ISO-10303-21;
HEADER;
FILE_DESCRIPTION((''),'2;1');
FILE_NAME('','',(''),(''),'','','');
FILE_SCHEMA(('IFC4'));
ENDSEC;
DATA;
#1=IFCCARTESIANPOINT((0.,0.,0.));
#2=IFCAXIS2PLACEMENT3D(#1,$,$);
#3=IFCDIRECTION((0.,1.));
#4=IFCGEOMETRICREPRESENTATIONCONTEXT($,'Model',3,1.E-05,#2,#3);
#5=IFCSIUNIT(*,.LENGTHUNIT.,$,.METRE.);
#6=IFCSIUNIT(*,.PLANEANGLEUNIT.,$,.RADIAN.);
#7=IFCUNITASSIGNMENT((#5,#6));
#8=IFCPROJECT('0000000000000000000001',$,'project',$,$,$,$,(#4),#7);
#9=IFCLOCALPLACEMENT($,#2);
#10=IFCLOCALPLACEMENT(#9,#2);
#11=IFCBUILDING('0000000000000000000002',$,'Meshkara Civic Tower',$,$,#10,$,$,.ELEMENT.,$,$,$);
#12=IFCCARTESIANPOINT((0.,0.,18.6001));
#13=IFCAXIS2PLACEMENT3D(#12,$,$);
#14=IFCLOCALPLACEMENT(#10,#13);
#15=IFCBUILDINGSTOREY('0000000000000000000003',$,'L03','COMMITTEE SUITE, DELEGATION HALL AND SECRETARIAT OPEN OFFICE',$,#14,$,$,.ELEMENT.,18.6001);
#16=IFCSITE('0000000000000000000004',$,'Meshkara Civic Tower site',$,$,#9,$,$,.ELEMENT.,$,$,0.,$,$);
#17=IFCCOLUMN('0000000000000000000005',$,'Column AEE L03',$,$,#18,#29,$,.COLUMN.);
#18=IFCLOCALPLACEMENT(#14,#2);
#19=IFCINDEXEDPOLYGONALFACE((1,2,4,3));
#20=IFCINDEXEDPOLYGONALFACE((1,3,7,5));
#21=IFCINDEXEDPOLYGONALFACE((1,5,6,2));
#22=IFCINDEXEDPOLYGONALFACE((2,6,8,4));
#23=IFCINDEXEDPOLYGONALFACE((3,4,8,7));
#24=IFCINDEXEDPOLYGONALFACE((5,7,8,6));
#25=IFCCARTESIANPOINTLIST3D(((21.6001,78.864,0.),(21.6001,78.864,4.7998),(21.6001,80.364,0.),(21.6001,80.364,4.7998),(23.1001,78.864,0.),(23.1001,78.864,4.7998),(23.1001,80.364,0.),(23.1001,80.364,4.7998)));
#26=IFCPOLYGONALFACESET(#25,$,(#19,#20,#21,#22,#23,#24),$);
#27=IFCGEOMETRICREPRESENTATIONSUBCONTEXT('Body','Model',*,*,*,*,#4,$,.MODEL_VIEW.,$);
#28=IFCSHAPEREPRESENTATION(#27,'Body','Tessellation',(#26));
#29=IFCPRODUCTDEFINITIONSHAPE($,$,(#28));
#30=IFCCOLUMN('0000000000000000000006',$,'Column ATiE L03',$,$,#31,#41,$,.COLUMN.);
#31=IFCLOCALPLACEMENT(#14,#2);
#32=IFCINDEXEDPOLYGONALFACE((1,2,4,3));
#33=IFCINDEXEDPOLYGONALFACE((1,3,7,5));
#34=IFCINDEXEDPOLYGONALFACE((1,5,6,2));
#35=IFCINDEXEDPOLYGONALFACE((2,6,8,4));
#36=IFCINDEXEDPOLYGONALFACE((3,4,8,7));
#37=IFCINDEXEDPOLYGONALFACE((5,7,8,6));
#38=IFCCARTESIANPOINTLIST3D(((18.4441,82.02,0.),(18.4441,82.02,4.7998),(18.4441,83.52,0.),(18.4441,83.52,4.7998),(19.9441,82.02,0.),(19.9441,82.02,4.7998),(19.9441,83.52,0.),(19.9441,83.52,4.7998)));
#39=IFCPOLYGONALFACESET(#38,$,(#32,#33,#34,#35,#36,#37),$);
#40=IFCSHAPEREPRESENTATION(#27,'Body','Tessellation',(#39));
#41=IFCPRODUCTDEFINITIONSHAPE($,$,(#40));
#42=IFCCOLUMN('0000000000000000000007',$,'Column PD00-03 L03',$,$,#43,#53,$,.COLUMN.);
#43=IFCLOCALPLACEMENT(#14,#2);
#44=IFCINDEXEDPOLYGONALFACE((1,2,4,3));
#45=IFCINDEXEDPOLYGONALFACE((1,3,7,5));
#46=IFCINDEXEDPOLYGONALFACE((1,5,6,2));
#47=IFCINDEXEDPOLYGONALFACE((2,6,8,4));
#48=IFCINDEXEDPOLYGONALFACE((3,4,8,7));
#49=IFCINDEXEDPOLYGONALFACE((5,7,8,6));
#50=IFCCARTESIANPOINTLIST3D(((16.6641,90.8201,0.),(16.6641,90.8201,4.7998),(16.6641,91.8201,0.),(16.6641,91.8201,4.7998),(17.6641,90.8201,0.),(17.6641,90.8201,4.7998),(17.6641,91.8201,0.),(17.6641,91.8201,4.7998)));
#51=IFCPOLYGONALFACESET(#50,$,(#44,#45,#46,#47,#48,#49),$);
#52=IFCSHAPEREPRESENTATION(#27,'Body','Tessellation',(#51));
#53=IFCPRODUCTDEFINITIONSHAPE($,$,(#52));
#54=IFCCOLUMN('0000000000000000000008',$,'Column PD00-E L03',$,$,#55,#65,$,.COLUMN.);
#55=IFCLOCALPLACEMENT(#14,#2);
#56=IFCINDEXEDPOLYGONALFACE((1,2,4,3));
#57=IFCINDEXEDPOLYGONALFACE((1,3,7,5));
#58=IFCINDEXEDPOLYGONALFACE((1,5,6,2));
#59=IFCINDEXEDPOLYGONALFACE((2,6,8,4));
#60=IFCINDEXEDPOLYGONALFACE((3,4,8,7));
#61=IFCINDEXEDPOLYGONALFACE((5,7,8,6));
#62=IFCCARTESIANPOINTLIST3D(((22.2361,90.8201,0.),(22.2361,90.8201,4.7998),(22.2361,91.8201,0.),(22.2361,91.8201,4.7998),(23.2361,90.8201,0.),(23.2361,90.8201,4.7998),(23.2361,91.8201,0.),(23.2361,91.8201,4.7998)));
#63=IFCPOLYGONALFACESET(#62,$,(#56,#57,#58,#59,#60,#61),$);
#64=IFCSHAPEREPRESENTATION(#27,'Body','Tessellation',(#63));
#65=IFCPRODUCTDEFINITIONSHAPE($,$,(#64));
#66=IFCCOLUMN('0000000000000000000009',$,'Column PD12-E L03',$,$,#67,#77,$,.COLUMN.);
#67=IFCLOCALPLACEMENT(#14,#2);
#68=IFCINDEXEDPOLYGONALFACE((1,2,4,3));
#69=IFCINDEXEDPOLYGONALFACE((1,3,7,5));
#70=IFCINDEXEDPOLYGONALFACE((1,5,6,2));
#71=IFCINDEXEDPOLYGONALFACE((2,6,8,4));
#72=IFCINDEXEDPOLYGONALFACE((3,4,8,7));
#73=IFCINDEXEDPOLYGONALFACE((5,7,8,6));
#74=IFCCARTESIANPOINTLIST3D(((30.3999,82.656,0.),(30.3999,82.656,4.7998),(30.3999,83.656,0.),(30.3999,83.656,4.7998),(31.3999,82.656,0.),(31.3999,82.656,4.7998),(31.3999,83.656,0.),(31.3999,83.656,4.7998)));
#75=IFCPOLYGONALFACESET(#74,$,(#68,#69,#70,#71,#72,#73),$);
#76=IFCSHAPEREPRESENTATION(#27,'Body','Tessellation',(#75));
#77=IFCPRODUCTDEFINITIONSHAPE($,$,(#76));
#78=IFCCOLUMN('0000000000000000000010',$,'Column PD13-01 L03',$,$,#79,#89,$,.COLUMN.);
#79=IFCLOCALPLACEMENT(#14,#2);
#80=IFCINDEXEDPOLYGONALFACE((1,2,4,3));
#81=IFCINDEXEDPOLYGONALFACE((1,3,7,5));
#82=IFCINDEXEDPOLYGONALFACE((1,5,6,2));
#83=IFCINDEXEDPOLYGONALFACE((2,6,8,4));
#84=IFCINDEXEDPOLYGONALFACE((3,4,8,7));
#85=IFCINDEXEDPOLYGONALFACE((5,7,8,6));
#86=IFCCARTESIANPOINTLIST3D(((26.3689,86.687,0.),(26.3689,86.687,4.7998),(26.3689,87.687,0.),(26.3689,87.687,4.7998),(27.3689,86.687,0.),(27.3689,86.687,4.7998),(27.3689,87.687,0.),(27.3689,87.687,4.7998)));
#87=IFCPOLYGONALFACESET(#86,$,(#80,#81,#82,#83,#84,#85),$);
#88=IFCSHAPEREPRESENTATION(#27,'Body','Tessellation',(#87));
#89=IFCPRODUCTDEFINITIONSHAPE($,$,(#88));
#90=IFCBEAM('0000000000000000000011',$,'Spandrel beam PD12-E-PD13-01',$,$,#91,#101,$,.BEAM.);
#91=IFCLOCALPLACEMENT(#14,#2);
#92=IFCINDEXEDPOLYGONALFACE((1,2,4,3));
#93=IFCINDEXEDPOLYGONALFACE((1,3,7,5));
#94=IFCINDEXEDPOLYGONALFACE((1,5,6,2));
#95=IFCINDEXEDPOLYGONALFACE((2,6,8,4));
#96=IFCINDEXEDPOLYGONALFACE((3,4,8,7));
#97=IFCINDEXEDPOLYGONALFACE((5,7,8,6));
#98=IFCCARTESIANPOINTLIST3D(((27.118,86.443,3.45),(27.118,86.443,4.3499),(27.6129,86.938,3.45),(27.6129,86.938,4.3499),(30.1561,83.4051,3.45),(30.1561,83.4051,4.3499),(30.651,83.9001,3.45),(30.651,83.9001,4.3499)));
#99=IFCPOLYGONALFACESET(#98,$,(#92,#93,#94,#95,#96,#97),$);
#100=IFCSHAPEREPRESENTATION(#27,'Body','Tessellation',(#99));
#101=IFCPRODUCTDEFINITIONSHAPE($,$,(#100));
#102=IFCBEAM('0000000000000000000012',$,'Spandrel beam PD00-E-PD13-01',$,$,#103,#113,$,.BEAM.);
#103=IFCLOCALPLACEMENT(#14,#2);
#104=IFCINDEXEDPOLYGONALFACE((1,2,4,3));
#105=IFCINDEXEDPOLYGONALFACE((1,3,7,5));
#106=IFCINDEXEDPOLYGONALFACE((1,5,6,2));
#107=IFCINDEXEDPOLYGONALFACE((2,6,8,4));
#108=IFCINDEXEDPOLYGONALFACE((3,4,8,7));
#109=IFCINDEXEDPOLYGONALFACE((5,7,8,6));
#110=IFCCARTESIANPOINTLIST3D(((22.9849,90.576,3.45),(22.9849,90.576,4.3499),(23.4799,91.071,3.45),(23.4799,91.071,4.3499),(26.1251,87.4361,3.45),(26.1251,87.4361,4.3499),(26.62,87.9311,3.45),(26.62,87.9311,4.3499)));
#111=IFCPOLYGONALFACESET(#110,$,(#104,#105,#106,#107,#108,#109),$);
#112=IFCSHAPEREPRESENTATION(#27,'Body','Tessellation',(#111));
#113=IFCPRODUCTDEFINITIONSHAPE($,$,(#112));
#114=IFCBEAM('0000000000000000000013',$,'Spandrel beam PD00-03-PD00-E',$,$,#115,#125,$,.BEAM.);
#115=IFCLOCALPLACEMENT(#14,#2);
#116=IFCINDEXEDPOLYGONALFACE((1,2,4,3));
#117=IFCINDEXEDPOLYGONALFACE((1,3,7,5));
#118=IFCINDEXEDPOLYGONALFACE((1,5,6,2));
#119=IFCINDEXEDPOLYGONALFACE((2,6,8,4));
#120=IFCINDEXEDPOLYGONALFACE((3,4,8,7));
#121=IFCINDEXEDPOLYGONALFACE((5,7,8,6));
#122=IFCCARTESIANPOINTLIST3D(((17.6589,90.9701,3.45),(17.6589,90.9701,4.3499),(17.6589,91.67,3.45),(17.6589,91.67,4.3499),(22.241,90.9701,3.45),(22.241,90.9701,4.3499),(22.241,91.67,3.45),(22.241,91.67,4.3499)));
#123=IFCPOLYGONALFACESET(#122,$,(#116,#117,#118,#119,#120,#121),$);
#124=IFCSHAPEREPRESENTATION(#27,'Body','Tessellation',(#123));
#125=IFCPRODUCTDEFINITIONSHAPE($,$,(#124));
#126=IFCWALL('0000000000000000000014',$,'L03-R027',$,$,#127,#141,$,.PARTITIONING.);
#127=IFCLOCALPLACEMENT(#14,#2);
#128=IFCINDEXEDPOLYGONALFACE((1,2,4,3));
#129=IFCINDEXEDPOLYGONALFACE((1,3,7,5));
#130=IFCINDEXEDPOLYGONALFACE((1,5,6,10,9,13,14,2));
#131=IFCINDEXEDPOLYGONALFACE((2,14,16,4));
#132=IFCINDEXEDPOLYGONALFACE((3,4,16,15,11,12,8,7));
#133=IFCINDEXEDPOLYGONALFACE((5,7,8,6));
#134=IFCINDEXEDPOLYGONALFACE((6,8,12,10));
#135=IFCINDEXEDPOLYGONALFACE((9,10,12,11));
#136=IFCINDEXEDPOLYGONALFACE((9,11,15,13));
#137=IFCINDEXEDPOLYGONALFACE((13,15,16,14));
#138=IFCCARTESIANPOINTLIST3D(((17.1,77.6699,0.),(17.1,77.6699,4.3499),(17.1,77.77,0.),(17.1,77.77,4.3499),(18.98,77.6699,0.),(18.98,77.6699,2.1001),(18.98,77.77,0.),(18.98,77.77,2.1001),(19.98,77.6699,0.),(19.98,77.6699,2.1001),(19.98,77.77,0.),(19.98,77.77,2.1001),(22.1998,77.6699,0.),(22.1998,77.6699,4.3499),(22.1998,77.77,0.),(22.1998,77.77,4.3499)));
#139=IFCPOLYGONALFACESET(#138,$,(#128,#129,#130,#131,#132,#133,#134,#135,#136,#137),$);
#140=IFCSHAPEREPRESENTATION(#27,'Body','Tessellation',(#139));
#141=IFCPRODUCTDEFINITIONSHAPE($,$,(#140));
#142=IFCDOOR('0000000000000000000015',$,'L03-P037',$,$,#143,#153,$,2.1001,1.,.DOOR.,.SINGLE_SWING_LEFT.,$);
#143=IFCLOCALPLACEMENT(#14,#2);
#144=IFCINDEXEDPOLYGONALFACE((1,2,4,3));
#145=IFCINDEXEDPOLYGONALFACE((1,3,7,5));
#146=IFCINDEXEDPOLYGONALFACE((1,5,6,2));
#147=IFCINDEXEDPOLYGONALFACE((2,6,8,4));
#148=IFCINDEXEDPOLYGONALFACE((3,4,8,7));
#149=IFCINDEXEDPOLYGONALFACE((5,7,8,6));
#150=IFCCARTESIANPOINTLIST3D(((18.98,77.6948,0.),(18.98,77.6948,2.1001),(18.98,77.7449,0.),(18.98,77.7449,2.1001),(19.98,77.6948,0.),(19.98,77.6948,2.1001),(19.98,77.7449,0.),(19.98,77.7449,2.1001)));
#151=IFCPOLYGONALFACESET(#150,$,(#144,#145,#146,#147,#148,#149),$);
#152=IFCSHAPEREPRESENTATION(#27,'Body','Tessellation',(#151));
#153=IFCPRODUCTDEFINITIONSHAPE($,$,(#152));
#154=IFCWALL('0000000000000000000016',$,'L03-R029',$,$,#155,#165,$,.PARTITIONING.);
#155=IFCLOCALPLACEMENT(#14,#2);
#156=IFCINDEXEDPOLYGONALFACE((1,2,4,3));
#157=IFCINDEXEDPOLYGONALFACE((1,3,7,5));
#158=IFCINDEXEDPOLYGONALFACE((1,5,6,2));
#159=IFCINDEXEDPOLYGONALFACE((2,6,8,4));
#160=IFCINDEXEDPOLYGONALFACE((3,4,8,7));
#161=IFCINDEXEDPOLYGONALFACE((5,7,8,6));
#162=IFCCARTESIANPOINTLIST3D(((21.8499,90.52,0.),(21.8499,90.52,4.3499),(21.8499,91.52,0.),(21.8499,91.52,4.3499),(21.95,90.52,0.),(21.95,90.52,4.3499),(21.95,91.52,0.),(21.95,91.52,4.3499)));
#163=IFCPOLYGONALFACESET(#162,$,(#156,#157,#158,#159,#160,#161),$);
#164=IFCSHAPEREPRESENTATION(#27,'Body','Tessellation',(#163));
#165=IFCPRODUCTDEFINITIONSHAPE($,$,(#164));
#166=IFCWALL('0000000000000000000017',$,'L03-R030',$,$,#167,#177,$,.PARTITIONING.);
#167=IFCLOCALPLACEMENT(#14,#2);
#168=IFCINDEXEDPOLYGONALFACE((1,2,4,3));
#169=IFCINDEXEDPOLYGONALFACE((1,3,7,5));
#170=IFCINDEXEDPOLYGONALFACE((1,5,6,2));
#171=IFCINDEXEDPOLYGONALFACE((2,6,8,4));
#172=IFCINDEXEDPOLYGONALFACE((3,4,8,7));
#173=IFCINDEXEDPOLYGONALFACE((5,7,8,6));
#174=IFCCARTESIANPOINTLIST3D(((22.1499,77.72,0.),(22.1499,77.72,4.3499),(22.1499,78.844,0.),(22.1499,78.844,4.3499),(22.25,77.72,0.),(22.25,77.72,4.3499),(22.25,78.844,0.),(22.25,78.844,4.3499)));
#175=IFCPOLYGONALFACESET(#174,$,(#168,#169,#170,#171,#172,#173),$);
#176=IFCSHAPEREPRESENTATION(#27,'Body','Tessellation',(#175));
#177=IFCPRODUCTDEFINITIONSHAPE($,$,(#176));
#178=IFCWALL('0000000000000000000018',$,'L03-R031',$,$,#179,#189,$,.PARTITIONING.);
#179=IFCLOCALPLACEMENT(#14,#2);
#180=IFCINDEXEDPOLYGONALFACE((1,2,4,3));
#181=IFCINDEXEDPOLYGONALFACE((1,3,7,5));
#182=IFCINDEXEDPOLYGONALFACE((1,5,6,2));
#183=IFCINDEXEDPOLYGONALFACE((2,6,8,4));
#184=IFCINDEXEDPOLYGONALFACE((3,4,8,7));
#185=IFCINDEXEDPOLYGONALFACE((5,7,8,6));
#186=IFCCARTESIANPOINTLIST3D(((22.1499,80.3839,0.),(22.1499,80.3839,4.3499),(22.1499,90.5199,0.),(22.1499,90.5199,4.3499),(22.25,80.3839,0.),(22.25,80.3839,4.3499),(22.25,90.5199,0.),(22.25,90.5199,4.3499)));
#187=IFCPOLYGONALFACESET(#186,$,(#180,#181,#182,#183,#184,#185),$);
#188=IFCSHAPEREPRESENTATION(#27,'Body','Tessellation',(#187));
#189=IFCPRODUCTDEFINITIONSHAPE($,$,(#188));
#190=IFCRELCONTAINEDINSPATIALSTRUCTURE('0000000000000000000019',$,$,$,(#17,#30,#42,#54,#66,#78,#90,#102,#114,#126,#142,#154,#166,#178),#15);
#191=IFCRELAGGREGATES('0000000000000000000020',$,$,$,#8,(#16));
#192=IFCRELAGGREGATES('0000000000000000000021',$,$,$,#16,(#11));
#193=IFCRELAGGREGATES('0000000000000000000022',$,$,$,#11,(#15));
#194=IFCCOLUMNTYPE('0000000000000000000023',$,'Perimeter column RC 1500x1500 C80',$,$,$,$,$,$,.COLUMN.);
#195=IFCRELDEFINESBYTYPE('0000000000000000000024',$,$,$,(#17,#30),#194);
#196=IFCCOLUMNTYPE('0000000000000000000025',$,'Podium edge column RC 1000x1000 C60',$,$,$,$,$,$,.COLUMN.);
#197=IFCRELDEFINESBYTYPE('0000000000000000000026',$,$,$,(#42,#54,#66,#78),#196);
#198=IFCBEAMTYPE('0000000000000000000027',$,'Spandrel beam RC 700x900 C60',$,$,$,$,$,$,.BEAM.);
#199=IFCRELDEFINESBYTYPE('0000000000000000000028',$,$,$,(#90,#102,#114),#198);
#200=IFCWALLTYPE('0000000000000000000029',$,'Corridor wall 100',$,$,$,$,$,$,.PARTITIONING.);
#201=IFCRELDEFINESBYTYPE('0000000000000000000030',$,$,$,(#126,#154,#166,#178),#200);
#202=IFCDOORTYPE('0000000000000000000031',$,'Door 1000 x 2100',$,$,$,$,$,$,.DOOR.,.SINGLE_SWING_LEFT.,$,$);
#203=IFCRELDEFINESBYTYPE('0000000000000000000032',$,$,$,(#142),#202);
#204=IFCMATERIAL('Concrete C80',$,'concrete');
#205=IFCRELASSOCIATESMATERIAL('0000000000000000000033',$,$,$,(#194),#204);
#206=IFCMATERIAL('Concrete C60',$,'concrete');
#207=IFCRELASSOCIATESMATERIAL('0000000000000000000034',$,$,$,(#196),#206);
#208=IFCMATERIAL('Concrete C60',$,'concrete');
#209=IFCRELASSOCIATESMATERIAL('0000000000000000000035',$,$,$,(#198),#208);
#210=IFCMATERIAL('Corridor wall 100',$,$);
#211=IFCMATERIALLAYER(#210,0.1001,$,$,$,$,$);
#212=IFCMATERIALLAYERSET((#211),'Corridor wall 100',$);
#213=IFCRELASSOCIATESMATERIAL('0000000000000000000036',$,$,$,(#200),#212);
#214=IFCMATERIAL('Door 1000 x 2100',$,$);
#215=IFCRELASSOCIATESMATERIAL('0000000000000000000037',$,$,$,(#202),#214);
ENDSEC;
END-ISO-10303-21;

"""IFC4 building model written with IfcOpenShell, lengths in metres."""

from ifc_helpers import new_model, si_unit, direction, frame, frame_2d, origin, origin_2d, place, context, subcontext, project, spatial, rectangle, extrude, material, layer, layer_set, material_profile, profile_set, type_object, element, fill, save


model = new_model("IFC4")

# Units and contexts
model_context = context("Model", 3, precision=1e-05, world=origin(), true_north=direction((0.0, 1.0)))
body_context = subcontext(model_context, "Body", "Model", "MODEL_VIEW")
ifc_project = project(units=[si_unit("LENGTHUNIT", "METRE"), si_unit("PLANEANGLEUNIT", "RADIAN")], contexts=[model_context])

# Site, building, storey
site_placement = place(None, origin())
site = spatial("IfcSite", under=ifc_project, at=site_placement, Name="Meshkara Civic Tower site", CompositionType="ELEMENT", RefElevation=0.0)
building_placement = place(site_placement, origin())
building = spatial("IfcBuilding", under=site, at=building_placement, Name="Meshkara Civic Tower", CompositionType="ELEMENT")
storey_placement = place(building_placement, frame((0.0, 0.0, 18.6001)))
storey = spatial("IfcBuildingStorey", under=building, at=storey_placement, Name="L03", Description="COMMITTEE SUITE, DELEGATION HALL AND SECRETARIAT OPEN OFFICE", CompositionType="ELEMENT", Elevation=18.6001)

# Columns
ifc_material_1 = material(Name="Concrete C80", Category="concrete")
ifc_material_profile_1 = material_profile(ifc_material_1, rectangle(XDim=1.5, YDim=1.5, at=origin_2d()))
ifc_profile_set_1 = profile_set([ifc_material_profile_1], Name="Concrete C80")
column_type_1 = type_object("IfcColumnType", Name="Perimeter column RC 1500x1500 C80", PredefinedType="COLUMN", material=ifc_profile_set_1)
for number, where, z_axis, x_axis, name in (
    (1, (22.3501, 79.614, 0.0), (0.0, 0.0, 1.0), (1.0, 0.0, 0.0), "Column AEE L03"),
    (2, (19.1941, 82.77, 0.0), (0.0, 0.0, 1.0), (1.0, 0.0, 0.0), "Column ATiE L03"),
):
    element("IfcColumn", number, at=place(storey_placement, frame(where, z_axis=z_axis, x_axis=x_axis)), inside=storey, type_object=column_type_1, Name=name, PredefinedType="COLUMN", context=body_context, shape_type="SweptSolid", body=[
        extrude(rectangle(XDim=1.5, YDim=1.5, at=origin_2d()), origin(), (0.0, 0.0, 1.0), 4.7998),
    ])
ifc_material_2 = material(Name="Concrete C60", Category="concrete")
ifc_material_profile_2 = material_profile(ifc_material_2, rectangle(XDim=1.0, YDim=1.0, at=origin_2d()))
ifc_profile_set_2 = profile_set([ifc_material_profile_2], Name="Concrete C60")
column_type_2 = type_object("IfcColumnType", Name="Podium edge column RC 1000x1000 C60", PredefinedType="COLUMN", material=ifc_profile_set_2)
for number, where, z_axis, x_axis, name in (
    (3, (17.1641, 91.3201, 0.0), (0.0, 0.0, 1.0), (1.0, 0.0, 0.0), "Column PD00-03 L03"),
    (4, (22.7361, 91.3201, 0.0), (0.0, 0.0, 1.0), (1.0, 0.0, 0.0), "Column PD00-E L03"),
    (5, (30.8999, 83.156, 0.0), (0.0, 0.0, 1.0), (1.0, 0.0, 0.0), "Column PD12-E L03"),
    (6, (26.8689, 87.187, 0.0), (0.0, 0.0, 1.0), (1.0, 0.0, 0.0), "Column PD13-01 L03"),
):
    element("IfcColumn", number, at=place(storey_placement, frame(where, z_axis=z_axis, x_axis=x_axis)), inside=storey, type_object=column_type_2, Name=name, PredefinedType="COLUMN", context=body_context, shape_type="SweptSolid", body=[
        extrude(rectangle(XDim=1.0, YDim=1.0, at=origin_2d()), origin(), (0.0, 0.0, 1.0), 4.7998),
    ])

# Beams
ifc_material_3 = material(Name="Concrete C60", Category="concrete")
ifc_material_profile_3 = material_profile(ifc_material_3, rectangle(XDim=0.7, YDim=0.8999, at=origin_2d()))
ifc_profile_set_3 = profile_set([ifc_material_profile_3], Name="Concrete C60")
beam_type = type_object("IfcBeamType", Name="Spandrel beam RC 700x900 C60", PredefinedType="BEAM", material=ifc_profile_set_3)
beam_1_placement = place(storey_placement, frame((30.4036, 83.6526, 3.8999), z_axis=(-0.707135, 0.707078, 0.0), x_axis=(-0.707078, -0.707135, 0.0)))
element("IfcBeam", 7, at=beam_1_placement, inside=storey, type_object=beam_type, Name="Spandrel beam PD12-E-PD13-01", PredefinedType="BEAM", context=body_context, shape_type="SweptSolid", body=[
    extrude(rectangle(XDim=0.7, YDim=0.8999, at=origin_2d()), origin(), (0.0, 0.0, 1.0), 4.2964),
])
beam_2_placement = place(storey_placement, frame((26.3726, 87.6836, 3.8999), z_axis=(-0.707134, 0.707079, 0.0), x_axis=(-0.707079, -0.707134, 0.0)))
element("IfcBeam", 8, at=beam_2_placement, inside=storey, type_object=beam_type, Name="Spandrel beam PD00-E-PD13-01", PredefinedType="BEAM", context=body_context, shape_type="SweptSolid", body=[
    extrude(rectangle(XDim=0.7, YDim=0.8999, at=origin_2d()), origin(), (0.0, 0.0, 1.0), 4.4407),
])
beam_3_placement = place(storey_placement, frame((22.241, 91.3201, 3.8999), z_axis=(-1.0, 0.0, 0.0), x_axis=(0.0, -1.0, 0.0)))
element("IfcBeam", 9, at=beam_3_placement, inside=storey, type_object=beam_type, Name="Spandrel beam PD00-03-PD00-E", PredefinedType="BEAM", context=body_context, shape_type="SweptSolid", body=[
    extrude(rectangle(XDim=0.7, YDim=0.8999, at=origin_2d()), origin(), (0.0, 0.0, 1.0), 4.582),
])

# Wall, opening, door
ifc_material_4 = material(Name="Corridor wall 100")
ifc_layer_1 = layer(ifc_material_4, 0.1001)
ifc_layer_set_1 = layer_set([ifc_layer_1], Name="Corridor wall 100")
wall_type_1 = type_object("IfcWallType", Name="Corridor wall 100", PredefinedType="PARTITIONING", material=ifc_layer_set_1)
wall_1_placement = place(storey_placement, frame((17.1001, 77.72, 0.0), z_axis=(0.0, 0.0, 1.0), x_axis=(1.0, 0.0, 0.0)))
wall_1 = element("IfcWall", 10, at=wall_1_placement, inside=storey, type_object=wall_type_1, Name="L03-R027", PredefinedType="PARTITIONING", context=body_context, shape_type="SweptSolid", body=[
    extrude(rectangle(XDim=5.0999, YDim=0.1001, at=frame_2d((2.5498, 0.0))), origin(), (0.0, 0.0, 1.0), 4.3499),
])
opening_1_placement = place(wall_1_placement, frame((1.8799, 0.0, 0.0)))
opening_1 = element("IfcOpeningElement", 11, at=opening_1_placement, cuts=wall_1, PredefinedType="OPENING", context=body_context, shape_type="SweptSolid", body=[
    extrude(rectangle(XDim=1.0, YDim=2.1001, at=frame_2d((0.5, 1.05))), frame((0.0, 0.0601, 0.0), z_axis=(0.0, -1.0, 0.0), x_axis=(1.0, 0.0, 0.0)), (0.0, 0.0, 1.0), 0.1201),
])
ifc_material_5 = material(Name="Door 1000 x 2100")
door_type = type_object("IfcDoorType", Name="Door 1000 x 2100", OperationType="SINGLE_SWING_LEFT", PredefinedType="DOOR", material=ifc_material_5)
door_placement = place(opening_1_placement, origin())
door = element("IfcDoor", 12, at=door_placement, inside=storey, type_object=door_type, Name="L03-P037", OperationType="SINGLE_SWING_LEFT", OverallHeight=2.1001, OverallWidth=1.0, PredefinedType="DOOR", context=body_context, shape_type="SweptSolid", body=[
    extrude(rectangle(XDim=1.0, YDim=2.1001, at=frame_2d((0.5, 1.05))), frame((0.0, 0.0249, 0.0), z_axis=(0.0, -1.0, 0.0), x_axis=(1.0, 0.0, 0.0)), (0.0, 0.0, 1.0), 0.05),
])
fill(opening_1, door)

# Walls
wall_2_placement = place(storey_placement, frame((21.8999, 90.52, 0.0), z_axis=(0.0, 0.0, 1.0), x_axis=(0.0, 1.0, 0.0)))
element("IfcWall", 13, at=wall_2_placement, inside=storey, type_object=wall_type_1, Name="L03-R029", PredefinedType="PARTITIONING", context=body_context, shape_type="SweptSolid", body=[
    extrude(rectangle(XDim=1.0, YDim=0.1001, at=frame_2d((0.5, 0.0))), origin(), (0.0, 0.0, 1.0), 4.3499),
])
wall_3_placement = place(storey_placement, frame((22.2, 77.72, 0.0), z_axis=(0.0, 0.0, 1.0), x_axis=(0.0, 1.0, 0.0)))
element("IfcWall", 14, at=wall_3_placement, inside=storey, type_object=wall_type_1, Name="L03-R030", PredefinedType="PARTITIONING", context=body_context, shape_type="SweptSolid", body=[
    extrude(rectangle(XDim=1.124, YDim=0.1001, at=frame_2d((0.562, 0.0))), origin(), (0.0, 0.0, 1.0), 4.3499),
])
wall_4_placement = place(storey_placement, frame((22.2, 80.384, 0.0), z_axis=(0.0, 0.0, 1.0), x_axis=(0.0, 1.0, 0.0)))
element("IfcWall", 15, at=wall_4_placement, inside=storey, type_object=wall_type_1, Name="L03-R031", PredefinedType="PARTITIONING", context=body_context, shape_type="SweptSolid", body=[
    extrude(rectangle(XDim=10.136, YDim=0.1001, at=frame_2d((5.0679, 0.0))), origin(), (0.0, 0.0, 1.0), 4.3499),
])

save(model, "model.ifc")
